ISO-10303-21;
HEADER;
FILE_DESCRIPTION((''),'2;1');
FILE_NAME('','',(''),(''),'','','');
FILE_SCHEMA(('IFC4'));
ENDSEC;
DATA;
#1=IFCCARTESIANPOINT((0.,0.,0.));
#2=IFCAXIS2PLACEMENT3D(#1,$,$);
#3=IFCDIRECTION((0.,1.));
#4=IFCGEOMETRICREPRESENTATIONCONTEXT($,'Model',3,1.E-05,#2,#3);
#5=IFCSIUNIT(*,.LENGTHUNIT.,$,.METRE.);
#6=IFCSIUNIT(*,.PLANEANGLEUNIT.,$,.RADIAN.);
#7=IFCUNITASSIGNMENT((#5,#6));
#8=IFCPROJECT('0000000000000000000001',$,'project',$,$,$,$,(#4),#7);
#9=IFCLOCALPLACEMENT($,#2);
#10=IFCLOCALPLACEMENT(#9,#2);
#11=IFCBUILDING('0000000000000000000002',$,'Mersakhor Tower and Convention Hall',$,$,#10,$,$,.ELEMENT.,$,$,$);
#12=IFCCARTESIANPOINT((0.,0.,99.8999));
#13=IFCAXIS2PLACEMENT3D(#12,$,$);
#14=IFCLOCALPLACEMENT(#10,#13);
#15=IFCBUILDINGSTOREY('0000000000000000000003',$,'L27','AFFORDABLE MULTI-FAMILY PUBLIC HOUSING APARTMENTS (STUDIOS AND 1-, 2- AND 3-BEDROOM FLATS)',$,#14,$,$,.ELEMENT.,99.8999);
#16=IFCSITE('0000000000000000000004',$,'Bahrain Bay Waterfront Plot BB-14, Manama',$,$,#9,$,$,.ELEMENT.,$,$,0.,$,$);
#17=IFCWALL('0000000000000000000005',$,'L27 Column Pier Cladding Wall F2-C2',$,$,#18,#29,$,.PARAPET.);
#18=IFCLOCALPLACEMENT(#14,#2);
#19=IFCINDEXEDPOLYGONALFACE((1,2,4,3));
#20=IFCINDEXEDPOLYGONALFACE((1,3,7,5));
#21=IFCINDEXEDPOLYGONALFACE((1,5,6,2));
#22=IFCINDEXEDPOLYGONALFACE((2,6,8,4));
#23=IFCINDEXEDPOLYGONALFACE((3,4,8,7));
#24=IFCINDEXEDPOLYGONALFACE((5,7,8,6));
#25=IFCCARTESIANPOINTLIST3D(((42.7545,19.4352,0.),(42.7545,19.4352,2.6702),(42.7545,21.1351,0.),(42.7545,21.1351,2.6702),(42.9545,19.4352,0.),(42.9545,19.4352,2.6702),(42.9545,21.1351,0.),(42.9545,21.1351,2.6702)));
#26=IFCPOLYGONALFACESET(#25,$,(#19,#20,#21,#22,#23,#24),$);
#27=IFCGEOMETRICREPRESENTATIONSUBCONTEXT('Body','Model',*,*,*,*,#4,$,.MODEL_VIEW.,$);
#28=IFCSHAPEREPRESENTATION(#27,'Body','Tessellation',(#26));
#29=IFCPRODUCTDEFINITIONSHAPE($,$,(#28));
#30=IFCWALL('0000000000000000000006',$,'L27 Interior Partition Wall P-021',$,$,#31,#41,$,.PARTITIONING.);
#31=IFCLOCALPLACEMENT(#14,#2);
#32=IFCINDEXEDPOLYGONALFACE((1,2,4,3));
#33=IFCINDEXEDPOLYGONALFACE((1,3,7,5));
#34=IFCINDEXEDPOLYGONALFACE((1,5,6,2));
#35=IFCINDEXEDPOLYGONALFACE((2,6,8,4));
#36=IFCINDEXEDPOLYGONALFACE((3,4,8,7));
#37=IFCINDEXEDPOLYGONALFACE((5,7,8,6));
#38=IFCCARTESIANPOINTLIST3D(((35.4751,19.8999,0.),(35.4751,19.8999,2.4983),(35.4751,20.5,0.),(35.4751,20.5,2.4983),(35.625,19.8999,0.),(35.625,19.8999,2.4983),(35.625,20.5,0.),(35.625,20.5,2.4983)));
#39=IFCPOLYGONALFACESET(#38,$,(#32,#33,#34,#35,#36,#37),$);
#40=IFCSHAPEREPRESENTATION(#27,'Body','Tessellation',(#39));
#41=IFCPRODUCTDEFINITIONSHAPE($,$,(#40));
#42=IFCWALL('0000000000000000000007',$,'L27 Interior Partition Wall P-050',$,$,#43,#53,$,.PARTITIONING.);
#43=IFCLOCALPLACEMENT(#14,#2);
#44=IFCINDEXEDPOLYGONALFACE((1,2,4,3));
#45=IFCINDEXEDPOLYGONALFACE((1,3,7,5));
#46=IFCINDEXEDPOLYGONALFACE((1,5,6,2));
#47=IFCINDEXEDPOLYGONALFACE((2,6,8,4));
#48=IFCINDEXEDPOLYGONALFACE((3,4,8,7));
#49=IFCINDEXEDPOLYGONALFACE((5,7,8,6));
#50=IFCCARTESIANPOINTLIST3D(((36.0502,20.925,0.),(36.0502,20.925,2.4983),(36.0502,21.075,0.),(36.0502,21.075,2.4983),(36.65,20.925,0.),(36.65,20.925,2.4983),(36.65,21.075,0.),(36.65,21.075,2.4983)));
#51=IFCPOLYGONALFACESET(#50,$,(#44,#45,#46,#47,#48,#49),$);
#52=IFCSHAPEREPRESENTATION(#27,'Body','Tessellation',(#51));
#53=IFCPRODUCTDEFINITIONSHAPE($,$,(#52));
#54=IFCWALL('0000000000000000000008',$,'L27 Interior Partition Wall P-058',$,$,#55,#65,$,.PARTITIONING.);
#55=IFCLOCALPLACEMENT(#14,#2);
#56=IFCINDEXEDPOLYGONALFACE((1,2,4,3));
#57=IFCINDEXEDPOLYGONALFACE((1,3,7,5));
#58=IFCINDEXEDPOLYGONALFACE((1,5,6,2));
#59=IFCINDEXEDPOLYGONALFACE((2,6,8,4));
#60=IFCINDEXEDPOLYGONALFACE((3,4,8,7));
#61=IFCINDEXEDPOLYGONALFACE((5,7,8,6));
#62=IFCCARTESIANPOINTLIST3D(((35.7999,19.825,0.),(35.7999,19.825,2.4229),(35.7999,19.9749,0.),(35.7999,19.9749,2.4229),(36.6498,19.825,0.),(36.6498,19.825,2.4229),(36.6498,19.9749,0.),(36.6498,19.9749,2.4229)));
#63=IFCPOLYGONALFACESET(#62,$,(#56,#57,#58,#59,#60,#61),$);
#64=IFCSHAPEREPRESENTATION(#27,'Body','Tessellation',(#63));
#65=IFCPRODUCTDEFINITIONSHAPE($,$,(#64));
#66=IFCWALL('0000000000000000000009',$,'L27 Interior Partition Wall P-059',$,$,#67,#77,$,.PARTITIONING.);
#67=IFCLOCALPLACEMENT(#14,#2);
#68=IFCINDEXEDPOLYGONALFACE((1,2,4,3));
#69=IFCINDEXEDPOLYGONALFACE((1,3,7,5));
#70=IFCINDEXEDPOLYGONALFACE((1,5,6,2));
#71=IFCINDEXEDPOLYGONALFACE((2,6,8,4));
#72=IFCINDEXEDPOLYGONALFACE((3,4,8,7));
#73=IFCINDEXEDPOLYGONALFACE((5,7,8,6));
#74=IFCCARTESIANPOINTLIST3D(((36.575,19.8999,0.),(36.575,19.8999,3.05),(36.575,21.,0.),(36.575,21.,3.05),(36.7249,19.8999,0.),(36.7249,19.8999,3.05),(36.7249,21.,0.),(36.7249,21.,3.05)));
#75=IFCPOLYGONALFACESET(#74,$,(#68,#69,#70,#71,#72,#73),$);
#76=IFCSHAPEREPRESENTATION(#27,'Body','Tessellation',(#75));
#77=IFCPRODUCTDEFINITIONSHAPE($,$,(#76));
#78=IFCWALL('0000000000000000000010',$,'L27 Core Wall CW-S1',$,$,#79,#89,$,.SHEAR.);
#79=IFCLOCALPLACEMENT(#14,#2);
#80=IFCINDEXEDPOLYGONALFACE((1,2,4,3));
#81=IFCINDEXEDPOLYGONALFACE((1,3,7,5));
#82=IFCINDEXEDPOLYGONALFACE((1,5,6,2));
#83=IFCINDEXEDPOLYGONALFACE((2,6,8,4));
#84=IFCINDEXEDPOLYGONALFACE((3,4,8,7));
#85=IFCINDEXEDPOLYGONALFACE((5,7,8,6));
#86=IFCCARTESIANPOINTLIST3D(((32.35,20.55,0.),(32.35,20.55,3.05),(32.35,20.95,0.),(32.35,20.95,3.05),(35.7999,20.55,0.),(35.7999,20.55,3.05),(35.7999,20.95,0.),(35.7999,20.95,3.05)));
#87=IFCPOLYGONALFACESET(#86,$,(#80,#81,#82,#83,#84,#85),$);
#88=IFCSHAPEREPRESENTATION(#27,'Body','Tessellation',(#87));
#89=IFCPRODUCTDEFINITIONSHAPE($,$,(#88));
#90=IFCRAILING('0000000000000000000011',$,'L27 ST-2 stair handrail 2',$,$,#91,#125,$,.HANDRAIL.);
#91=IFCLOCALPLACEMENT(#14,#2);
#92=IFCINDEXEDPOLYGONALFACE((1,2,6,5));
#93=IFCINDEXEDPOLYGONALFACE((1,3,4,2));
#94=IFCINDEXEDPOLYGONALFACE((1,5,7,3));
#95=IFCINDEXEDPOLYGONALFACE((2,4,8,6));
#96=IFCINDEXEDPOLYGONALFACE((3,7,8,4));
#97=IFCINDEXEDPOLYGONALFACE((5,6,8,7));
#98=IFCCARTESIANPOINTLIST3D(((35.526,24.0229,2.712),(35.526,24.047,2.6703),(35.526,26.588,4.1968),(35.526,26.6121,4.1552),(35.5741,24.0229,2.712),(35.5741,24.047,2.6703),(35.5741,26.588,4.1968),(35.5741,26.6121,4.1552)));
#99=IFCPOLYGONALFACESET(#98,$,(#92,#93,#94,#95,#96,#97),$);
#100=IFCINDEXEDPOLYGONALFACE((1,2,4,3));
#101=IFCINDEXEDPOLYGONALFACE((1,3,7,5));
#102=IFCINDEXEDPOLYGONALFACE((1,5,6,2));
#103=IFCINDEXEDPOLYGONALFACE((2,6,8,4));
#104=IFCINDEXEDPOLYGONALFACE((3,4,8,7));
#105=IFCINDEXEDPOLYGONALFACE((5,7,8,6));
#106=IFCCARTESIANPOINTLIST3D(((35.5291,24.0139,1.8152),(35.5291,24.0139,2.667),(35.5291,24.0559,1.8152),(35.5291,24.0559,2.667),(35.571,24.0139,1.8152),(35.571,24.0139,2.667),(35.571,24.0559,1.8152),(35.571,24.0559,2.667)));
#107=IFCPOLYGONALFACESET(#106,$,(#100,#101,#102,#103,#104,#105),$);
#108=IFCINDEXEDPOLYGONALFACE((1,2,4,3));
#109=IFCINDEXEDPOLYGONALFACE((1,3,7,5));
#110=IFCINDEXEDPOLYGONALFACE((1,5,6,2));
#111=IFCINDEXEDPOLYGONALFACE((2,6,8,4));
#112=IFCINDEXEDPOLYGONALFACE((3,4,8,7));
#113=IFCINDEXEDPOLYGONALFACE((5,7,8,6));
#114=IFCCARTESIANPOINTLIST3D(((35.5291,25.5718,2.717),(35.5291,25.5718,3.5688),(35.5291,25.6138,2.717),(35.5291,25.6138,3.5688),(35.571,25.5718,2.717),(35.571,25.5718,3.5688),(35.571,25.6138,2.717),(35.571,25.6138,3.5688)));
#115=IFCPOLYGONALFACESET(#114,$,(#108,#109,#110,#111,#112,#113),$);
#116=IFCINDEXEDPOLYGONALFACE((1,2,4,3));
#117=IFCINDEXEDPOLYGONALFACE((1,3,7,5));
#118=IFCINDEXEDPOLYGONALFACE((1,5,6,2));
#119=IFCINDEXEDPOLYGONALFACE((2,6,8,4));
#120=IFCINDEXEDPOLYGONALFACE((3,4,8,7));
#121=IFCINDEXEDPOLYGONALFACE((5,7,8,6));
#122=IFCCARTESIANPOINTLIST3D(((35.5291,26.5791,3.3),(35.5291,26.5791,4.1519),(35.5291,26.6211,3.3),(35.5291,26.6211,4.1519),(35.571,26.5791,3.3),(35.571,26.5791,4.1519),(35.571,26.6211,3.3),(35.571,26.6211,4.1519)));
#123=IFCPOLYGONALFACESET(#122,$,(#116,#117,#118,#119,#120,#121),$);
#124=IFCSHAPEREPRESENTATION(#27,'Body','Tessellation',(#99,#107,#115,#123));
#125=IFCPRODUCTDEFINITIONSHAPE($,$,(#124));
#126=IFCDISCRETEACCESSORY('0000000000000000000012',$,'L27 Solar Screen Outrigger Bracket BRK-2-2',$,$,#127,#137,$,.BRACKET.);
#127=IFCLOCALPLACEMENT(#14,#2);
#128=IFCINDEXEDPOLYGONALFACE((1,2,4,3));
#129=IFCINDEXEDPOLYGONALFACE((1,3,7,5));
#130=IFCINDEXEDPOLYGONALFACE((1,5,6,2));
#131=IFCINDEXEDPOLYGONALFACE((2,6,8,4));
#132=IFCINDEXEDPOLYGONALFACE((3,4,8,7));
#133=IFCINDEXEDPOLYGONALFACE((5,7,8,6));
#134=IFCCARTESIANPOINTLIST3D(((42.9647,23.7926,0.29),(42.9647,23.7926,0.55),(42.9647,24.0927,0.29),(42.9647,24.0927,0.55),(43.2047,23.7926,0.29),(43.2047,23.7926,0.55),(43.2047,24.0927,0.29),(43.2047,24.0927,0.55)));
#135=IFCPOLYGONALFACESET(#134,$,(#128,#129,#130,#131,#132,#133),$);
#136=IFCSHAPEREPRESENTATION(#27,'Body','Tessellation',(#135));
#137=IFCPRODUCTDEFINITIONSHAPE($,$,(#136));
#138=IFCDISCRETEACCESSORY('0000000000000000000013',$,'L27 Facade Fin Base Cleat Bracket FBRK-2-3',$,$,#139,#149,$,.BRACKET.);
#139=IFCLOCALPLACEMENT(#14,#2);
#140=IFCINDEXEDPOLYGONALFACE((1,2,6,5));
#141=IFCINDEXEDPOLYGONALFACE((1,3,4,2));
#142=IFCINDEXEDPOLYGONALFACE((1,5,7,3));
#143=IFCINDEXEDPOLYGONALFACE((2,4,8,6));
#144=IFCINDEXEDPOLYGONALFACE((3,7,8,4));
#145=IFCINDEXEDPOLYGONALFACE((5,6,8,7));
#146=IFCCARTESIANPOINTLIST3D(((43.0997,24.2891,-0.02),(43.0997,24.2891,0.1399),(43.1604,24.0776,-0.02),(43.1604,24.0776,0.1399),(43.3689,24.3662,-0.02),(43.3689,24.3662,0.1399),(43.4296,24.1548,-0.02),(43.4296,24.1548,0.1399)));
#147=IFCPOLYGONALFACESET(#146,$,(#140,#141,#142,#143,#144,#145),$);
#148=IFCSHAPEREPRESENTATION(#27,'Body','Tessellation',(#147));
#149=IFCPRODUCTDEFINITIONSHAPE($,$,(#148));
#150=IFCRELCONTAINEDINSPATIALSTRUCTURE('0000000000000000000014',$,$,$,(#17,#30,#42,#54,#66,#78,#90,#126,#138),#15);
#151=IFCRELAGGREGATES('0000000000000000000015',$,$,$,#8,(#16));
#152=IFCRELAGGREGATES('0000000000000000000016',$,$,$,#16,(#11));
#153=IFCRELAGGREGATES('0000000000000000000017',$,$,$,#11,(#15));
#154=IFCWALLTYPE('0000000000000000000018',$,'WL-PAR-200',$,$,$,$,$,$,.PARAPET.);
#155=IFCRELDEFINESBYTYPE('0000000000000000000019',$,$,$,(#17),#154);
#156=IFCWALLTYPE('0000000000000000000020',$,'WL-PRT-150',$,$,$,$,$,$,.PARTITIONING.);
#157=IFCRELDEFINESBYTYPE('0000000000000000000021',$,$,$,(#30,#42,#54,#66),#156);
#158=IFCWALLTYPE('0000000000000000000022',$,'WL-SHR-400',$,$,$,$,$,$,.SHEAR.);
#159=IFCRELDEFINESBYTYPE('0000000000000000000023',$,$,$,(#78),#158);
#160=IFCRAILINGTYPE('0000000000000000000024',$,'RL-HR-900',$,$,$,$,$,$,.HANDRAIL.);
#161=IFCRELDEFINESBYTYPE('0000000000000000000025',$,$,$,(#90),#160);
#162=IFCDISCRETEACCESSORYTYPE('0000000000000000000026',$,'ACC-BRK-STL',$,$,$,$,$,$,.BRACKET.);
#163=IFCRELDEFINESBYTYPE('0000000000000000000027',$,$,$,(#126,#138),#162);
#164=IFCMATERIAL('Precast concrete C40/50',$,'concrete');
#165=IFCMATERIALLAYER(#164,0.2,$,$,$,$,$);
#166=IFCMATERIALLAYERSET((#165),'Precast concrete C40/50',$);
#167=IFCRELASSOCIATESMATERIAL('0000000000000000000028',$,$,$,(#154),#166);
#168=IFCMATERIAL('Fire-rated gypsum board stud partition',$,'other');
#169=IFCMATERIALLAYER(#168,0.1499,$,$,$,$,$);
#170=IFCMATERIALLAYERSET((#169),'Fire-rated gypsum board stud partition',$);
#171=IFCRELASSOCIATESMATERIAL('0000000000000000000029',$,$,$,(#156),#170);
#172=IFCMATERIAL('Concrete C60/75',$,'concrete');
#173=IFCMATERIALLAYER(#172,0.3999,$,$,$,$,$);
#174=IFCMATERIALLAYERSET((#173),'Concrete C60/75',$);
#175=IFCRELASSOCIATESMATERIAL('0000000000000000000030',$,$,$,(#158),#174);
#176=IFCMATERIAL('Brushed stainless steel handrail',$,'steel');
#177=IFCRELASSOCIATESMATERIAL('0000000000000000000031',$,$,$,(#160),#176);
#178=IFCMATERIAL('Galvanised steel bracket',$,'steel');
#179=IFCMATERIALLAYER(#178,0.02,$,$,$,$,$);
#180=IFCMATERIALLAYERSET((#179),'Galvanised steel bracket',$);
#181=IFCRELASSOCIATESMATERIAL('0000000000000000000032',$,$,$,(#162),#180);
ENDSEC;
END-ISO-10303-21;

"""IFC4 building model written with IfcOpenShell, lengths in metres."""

from ifc_helpers import new_model, si_unit, direction, frame, frame_2d, origin, origin_2d, place, context, subcontext, project, spatial, rectangle, extrude, material, layer, layer_set, type_object, element, save


model = new_model("IFC4")

# Units and contexts
model_context = context("Model", 3, precision=1e-05, world=origin(), true_north=direction((0.0, 1.0)))
body_context = subcontext(model_context, "Body", "Model", "MODEL_VIEW")
ifc_project = project(units=[si_unit("LENGTHUNIT", "METRE"), si_unit("PLANEANGLEUNIT", "RADIAN")], contexts=[model_context])

# Site, building, storey
site_placement = place(None, origin())
site = spatial("IfcSite", under=ifc_project, at=site_placement, Name="Bahrain Bay Waterfront Plot BB-14, Manama", CompositionType="ELEMENT", RefElevation=0.0)
building_placement = place(site_placement, origin())
building = spatial("IfcBuilding", under=site, at=building_placement, Name="Mersakhor Tower and Convention Hall", CompositionType="ELEMENT")
storey_placement = place(building_placement, frame((0.0, 0.0, 99.8999)))
storey = spatial("IfcBuildingStorey", under=building, at=storey_placement, Name="L27", Description="AFFORDABLE MULTI-FAMILY PUBLIC HOUSING APARTMENTS (STUDIOS AND 1-, 2- AND 3-BEDROOM FLATS)", CompositionType="ELEMENT", Elevation=99.8999)

# Walls
ifc_material_1 = material(Name="Precast concrete C40/50", Category="concrete")
ifc_layer_1 = layer(ifc_material_1, 0.2)
ifc_layer_set_1 = layer_set([ifc_layer_1], Name="Precast concrete C40/50")
wall_type_1 = type_object("IfcWallType", Name="WL-PAR-200", PredefinedType="PARAPET", material=ifc_layer_set_1)
wall_1_placement = place(storey_placement, frame((42.8545, 21.1353, 0.0), z_axis=(0.0, 0.0, 1.0), x_axis=(0.0, -1.0, 0.0)))
element("IfcWall", 1, at=wall_1_placement, inside=storey, type_object=wall_type_1, Name="L27 Column Pier Cladding Wall F2-C2", PredefinedType="PARAPET", context=body_context, shape_type="SweptSolid", body=[
    extrude(rectangle(XDim=1.7, YDim=0.2, at=frame_2d((0.8501, 0.0))), origin(), (0.0, 0.0, 1.0), 2.6702),
])
ifc_material_2 = material(Name="Fire-rated gypsum board stud partition", Category="other")
ifc_layer_2 = layer(ifc_material_2, 0.1499)
ifc_layer_set_2 = layer_set([ifc_layer_2], Name="Fire-rated gypsum board stud partition")
wall_type_2 = type_object("IfcWallType", Name="WL-PRT-150", PredefinedType="PARTITIONING", material=ifc_layer_set_2)
wall_2_placement = place(storey_placement, frame((35.55, 20.5, 0.0), z_axis=(0.0, 0.0, 1.0), x_axis=(0.0, -1.0, 0.0)))
element("IfcWall", 2, at=wall_2_placement, inside=storey, type_object=wall_type_2, Name="L27 Interior Partition Wall P-021", PredefinedType="PARTITIONING", context=body_context, shape_type="SweptSolid", body=[
    extrude(rectangle(XDim=0.6001, YDim=0.1499, at=frame_2d((0.3, 0.0))), origin(), (0.0, 0.0, 1.0), 2.4983),
])

# Walls
wall_3_placement = place(storey_placement, frame((36.6499, 21.0, 0.0), z_axis=(0.0, 0.0, 1.0), x_axis=(-1.0, 0.0, 0.0)))
element("IfcWall", 3, at=wall_3_placement, inside=storey, type_object=wall_type_2, Name="L27 Interior Partition Wall P-050", PredefinedType="PARTITIONING", context=body_context, shape_type="SweptSolid", body=[
    extrude(rectangle(XDim=0.5999, YDim=0.1499, at=frame_2d((0.2998, 0.0))), origin(), (0.0, 0.0, 1.0), 2.4983),
])
wall_4_placement = place(storey_placement, frame((35.8, 19.8999, 0.0), z_axis=(0.0, 0.0, 1.0), x_axis=(1.0, 0.0, 0.0)))
element("IfcWall", 4, at=wall_4_placement, inside=storey, type_object=wall_type_2, Name="L27 Interior Partition Wall P-058", PredefinedType="PARTITIONING", context=body_context, shape_type="SweptSolid", body=[
    extrude(rectangle(XDim=0.8499, YDim=0.1499, at=frame_2d((0.4248, 0.0))), origin(), (0.0, 0.0, 1.0), 2.4229),
])
wall_5_placement = place(storey_placement, frame((36.6499, 19.8999, 0.0), z_axis=(0.0, 0.0, 1.0), x_axis=(0.0, 1.0, 0.0)))
element("IfcWall", 5, at=wall_5_placement, inside=storey, type_object=wall_type_2, Name="L27 Interior Partition Wall P-059", PredefinedType="PARTITIONING", context=body_context, shape_type="SweptSolid", body=[
    extrude(rectangle(XDim=1.1001, YDim=0.1499, at=frame_2d((0.55, 0.0))), origin(), (0.0, 0.0, 1.0), 3.05),
])
ifc_material_3 = material(Name="Concrete C60/75", Category="concrete")
ifc_layer_3 = layer(ifc_material_3, 0.3999)
ifc_layer_set_3 = layer_set([ifc_layer_3], Name="Concrete C60/75")
wall_type_3 = type_object("IfcWallType", Name="WL-SHR-400", PredefinedType="SHEAR", material=ifc_layer_set_3)
wall_6_placement = place(storey_placement, frame((35.8, 20.75, 0.0), z_axis=(0.0, 0.0, 1.0), x_axis=(-1.0, 0.0, 0.0)))
element("IfcWall", 6, at=wall_6_placement, inside=storey, type_object=wall_type_3, Name="L27 Core Wall CW-S1", PredefinedType="SHEAR", context=body_context, shape_type="SweptSolid", body=[
    extrude(rectangle(XDim=3.45, YDim=0.3999, at=frame_2d((1.7251, 0.0))), origin(), (0.0, 0.0, 1.0), 3.05),
])

# Railing
ifc_material_4 = material(Name="Brushed stainless steel handrail", Category="steel")
railing_type = type_object("IfcRailingType", Name="RL-HR-900", PredefinedType="HANDRAIL", material=ifc_material_4)
railing_placement = place(storey_placement, frame((35.55, 24.0349, 1.8152)))
element("IfcRailing", 7, at=railing_placement, inside=storey, type_object=railing_type, Name="L27 ST-2 stair handrail 2", PredefinedType="HANDRAIL", context=body_context, shape_type="SweptSolid", body=[
    extrude(rectangle(XDim=0.0481, YDim=0.0481, at=origin_2d()), frame((0.0, 0.0, 0.876), z_axis=(0.0, 0.865462, 0.500975), x_axis=(-1.0, 0.0, 0.0)), (0.0, 0.0, 1.0), 2.9639),
    extrude(rectangle(XDim=0.042, YDim=0.042, at=origin_2d()), origin(), (0.0, 0.0, 1.0), 0.8518),
    extrude(rectangle(XDim=0.042, YDim=0.042, at=origin_2d()), frame((0.0, 1.5579, 0.9019)), (0.0, 0.0, 1.0), 0.8518),
    extrude(rectangle(XDim=0.042, YDim=0.042, at=origin_2d()), frame((0.0, 2.5652, 1.4849)), (0.0, 0.0, 1.0), 0.8518),
])

# Discrete accessories
ifc_material_5 = material(Name="Galvanised steel bracket", Category="steel")
ifc_layer_4 = layer(ifc_material_5, 0.02)
ifc_layer_set_4 = layer_set([ifc_layer_4], Name="Galvanised steel bracket")
discrete_accessory_type = type_object("IfcDiscreteAccessoryType", Name="ACC-BRK-STL", PredefinedType="BRACKET", material=ifc_layer_set_4)
discrete_accessory_1_placement = place(storey_placement, frame((43.0847, 23.9426, 0.29), z_axis=(0.0, 0.0, 1.0), x_axis=(0.0, -1.0, 0.0)))
element("IfcDiscreteAccessory", 8, at=discrete_accessory_1_placement, inside=storey, type_object=discrete_accessory_type, Name="L27 Solar Screen Outrigger Bracket BRK-2-2", PredefinedType="BRACKET", context=body_context, shape_type="SweptSolid", body=[
    extrude(rectangle(XDim=0.3, YDim=0.24, at=origin_2d()), origin(), (0.0, 0.0, 1.0), 0.26),
])
discrete_accessory_2_placement = place(storey_placement, frame((43.2646, 24.2219, -0.02), z_axis=(0.0, 0.0, 1.0), x_axis=(0.961262, 0.275637, 0.0)))
element("IfcDiscreteAccessory", 9, at=discrete_accessory_2_placement, inside=storey, type_object=discrete_accessory_type, Name="L27 Facade Fin Base Cleat Bracket FBRK-2-3", PredefinedType="BRACKET", context=body_context, shape_type="SweptSolid", body=[
    extrude(rectangle(XDim=0.28, YDim=0.22, at=origin_2d()), origin(), (0.0, 0.0, 1.0), 0.1599),
])

save(model, "model.ifc")
